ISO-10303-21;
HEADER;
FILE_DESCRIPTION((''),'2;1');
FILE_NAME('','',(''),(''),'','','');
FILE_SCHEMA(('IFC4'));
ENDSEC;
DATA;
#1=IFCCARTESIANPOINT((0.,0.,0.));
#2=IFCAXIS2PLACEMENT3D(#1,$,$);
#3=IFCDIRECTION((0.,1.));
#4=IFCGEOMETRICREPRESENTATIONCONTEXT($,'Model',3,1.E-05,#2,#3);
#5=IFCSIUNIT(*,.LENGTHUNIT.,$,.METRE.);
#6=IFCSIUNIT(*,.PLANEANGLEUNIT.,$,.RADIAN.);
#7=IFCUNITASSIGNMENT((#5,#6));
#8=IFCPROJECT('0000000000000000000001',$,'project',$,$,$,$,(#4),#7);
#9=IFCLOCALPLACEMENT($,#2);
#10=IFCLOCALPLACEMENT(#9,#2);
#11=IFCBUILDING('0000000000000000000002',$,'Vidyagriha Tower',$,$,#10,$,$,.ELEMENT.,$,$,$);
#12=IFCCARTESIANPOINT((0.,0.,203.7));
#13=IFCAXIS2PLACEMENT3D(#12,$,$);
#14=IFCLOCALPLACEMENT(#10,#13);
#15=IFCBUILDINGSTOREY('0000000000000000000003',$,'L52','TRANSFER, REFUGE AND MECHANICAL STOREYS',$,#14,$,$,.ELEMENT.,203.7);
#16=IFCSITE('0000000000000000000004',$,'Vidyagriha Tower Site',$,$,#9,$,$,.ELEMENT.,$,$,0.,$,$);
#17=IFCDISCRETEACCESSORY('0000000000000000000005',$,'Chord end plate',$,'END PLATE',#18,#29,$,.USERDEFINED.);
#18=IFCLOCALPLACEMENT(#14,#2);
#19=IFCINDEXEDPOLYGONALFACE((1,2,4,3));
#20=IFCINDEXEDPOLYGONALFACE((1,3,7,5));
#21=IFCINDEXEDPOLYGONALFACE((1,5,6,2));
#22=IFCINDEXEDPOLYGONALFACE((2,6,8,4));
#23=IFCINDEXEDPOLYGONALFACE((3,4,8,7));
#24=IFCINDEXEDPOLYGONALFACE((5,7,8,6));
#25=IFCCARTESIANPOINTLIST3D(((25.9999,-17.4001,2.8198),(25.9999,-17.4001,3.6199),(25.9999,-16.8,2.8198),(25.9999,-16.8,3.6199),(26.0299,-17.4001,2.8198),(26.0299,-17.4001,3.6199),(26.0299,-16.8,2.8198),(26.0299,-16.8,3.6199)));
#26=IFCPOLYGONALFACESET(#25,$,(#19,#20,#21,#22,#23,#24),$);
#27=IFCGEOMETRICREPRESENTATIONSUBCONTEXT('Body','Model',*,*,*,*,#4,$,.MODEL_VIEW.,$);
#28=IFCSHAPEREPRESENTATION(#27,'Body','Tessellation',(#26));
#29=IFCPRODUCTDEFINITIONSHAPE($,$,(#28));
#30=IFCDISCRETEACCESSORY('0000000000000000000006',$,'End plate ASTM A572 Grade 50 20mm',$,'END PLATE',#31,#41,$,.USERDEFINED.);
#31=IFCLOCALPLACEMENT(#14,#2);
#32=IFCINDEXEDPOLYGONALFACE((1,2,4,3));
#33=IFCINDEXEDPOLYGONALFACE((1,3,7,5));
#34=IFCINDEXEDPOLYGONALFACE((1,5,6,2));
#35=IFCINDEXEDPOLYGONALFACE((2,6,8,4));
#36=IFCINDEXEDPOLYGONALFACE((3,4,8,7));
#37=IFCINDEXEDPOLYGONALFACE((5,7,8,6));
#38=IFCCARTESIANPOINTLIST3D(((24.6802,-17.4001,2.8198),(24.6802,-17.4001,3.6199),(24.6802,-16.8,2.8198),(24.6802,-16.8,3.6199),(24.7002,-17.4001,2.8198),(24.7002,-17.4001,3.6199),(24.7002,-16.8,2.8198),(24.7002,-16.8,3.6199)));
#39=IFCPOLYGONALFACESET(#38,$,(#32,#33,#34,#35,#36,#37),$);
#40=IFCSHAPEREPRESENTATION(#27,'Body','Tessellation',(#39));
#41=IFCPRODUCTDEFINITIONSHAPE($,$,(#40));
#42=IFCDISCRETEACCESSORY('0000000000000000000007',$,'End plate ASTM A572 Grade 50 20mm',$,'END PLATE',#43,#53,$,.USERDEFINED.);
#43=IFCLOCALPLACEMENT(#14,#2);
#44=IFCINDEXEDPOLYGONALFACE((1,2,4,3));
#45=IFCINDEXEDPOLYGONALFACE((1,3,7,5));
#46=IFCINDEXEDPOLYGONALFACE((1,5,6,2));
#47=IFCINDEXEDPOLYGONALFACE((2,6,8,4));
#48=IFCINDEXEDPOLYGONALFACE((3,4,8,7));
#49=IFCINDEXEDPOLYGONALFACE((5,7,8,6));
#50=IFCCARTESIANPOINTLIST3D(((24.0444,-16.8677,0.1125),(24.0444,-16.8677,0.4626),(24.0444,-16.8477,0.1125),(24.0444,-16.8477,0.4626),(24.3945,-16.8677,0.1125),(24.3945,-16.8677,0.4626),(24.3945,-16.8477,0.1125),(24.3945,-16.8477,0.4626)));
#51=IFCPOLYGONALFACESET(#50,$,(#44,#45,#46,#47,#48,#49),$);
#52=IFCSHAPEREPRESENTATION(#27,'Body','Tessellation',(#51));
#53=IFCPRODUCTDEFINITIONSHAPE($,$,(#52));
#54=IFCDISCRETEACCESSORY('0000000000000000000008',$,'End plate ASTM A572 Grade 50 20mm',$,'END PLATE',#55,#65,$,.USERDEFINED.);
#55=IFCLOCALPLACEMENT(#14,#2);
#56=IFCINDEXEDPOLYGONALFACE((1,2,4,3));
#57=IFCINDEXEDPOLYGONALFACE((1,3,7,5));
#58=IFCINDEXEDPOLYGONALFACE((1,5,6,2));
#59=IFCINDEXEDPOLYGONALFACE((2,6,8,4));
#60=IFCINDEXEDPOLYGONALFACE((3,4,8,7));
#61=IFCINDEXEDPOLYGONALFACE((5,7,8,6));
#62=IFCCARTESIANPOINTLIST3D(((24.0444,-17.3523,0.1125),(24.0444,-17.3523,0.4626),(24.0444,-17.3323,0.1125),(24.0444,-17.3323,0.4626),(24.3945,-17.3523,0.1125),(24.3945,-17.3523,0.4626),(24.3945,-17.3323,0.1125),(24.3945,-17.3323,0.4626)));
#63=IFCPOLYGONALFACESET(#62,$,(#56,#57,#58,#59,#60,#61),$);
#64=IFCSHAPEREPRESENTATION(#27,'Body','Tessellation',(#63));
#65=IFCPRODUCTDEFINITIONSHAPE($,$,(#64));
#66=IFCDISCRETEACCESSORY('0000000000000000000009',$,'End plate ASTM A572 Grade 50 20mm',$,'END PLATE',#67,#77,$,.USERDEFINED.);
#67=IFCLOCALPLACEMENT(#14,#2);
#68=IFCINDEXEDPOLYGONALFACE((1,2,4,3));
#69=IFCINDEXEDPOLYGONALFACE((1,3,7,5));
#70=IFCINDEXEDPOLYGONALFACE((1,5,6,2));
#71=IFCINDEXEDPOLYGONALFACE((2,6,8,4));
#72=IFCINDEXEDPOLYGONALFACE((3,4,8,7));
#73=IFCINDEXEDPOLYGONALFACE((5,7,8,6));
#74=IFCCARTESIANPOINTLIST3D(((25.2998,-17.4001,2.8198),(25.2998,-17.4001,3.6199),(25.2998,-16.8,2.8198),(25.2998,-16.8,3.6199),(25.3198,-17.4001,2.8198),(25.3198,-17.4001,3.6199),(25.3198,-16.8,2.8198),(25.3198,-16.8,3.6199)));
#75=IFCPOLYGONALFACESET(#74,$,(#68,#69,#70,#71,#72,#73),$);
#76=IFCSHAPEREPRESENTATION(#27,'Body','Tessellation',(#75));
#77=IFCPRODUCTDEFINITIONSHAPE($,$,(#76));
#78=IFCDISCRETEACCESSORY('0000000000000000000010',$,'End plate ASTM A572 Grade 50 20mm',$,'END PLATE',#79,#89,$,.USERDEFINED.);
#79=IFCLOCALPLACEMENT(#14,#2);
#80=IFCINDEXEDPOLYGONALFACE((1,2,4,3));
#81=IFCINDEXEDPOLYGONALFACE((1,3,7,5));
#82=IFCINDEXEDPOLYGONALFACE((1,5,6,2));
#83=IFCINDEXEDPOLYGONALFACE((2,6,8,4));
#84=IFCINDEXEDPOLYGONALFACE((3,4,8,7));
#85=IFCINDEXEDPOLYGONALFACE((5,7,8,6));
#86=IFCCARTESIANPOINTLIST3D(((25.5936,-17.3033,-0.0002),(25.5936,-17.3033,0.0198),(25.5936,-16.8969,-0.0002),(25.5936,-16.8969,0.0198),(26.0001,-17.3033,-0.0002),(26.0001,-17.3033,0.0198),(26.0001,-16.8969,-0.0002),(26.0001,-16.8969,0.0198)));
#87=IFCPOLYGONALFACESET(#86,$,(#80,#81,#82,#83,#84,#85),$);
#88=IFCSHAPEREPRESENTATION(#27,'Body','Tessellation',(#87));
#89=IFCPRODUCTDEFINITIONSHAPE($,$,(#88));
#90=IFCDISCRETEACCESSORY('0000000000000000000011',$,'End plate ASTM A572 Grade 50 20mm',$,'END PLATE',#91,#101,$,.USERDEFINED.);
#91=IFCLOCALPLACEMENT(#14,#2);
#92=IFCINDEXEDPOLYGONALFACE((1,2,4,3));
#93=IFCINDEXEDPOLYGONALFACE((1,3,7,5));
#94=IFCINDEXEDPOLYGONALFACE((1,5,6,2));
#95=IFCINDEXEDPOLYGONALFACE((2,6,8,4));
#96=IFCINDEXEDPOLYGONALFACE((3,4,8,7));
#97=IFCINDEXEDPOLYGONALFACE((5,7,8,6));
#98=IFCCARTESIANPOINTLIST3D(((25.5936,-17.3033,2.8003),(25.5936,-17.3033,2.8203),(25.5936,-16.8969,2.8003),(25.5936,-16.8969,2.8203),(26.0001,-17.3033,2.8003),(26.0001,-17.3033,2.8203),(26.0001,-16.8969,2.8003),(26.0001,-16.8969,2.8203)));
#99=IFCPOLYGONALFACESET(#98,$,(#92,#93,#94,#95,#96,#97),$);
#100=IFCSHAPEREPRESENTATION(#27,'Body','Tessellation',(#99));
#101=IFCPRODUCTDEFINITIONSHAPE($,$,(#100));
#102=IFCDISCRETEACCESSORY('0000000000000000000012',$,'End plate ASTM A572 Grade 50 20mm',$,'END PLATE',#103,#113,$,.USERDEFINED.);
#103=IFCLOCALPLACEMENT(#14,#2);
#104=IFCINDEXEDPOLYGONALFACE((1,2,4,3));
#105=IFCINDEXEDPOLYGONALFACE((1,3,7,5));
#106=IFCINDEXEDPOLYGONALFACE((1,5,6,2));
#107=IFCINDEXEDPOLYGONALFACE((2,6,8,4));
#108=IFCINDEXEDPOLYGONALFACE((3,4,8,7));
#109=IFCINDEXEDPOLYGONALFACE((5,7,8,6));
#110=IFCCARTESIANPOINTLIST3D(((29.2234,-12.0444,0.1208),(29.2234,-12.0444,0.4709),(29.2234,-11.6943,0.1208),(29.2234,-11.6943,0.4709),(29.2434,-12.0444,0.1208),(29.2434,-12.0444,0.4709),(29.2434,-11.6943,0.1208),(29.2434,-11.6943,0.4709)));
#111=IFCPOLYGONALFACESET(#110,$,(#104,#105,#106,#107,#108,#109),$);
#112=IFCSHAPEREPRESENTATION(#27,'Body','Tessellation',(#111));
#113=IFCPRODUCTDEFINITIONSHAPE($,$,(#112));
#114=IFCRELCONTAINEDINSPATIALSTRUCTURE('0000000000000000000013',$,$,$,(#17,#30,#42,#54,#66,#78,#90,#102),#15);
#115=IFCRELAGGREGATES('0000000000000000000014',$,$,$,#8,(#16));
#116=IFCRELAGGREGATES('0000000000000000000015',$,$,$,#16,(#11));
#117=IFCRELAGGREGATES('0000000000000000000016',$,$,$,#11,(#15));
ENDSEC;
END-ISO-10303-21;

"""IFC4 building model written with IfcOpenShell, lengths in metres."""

from ifc_helpers import new_model, si_unit, direction, frame, origin, origin_2d, place, context, subcontext, project, spatial, rectangle, extrude, element, save


model = new_model("IFC4")

# Units and contexts
model_context = context("Model", 3, precision=1e-05, world=origin(), true_north=direction((0.0, 1.0)))
body_context = subcontext(model_context, "Body", "Model", "MODEL_VIEW")
ifc_project = project(units=[si_unit("LENGTHUNIT", "METRE"), si_unit("PLANEANGLEUNIT", "RADIAN")], contexts=[model_context])

# Site, building, storey
site_placement = place(None, origin())
site = spatial("IfcSite", under=ifc_project, at=site_placement, Name="Vidyagriha Tower Site", CompositionType="ELEMENT", RefElevation=0.0)
building_placement = place(site_placement, origin())
building = spatial("IfcBuilding", under=site, at=building_placement, Name="Vidyagriha Tower", CompositionType="ELEMENT")
storey_placement = place(building_placement, frame((0.0, 0.0, 203.7)))
storey = spatial("IfcBuildingStorey", under=building, at=storey_placement, Name="L52", Description="TRANSFER, REFUGE AND MECHANICAL STOREYS", CompositionType="ELEMENT", Elevation=203.7)

# Discrete accessories
for number, where, name in (
    (1, (26.0149, -17.1001, 2.8198), "Chord end plate"),
):
    element("IfcDiscreteAccessory", number, at=place(storey_placement, frame(where)), inside=storey, Name=name, ObjectType="END PLATE", PredefinedType="USERDEFINED", context=body_context, shape_type="SweptSolid", body=[
        extrude(rectangle(XDim=0.03, YDim=0.6001, at=origin_2d()), origin(), (0.0, 0.0, 1.0), 0.8),
    ])
discrete_accessory_1_placement = place(storey_placement, frame((24.6902, -17.1001, 2.8198)))
element("IfcDiscreteAccessory", 2, at=discrete_accessory_1_placement, inside=storey, Name="End plate ASTM A572 Grade 50 20mm", ObjectType="END PLATE", PredefinedType="USERDEFINED", context=body_context, shape_type="SweptSolid", body=[
    extrude(rectangle(XDim=0.02, YDim=0.6001, at=origin_2d()), origin(), (0.0, 0.0, 1.0), 0.8),
])
for number, where, name in (
    (3, (24.2195, -16.8577, 0.1125), "End plate ASTM A572 Grade 50 20mm"),
    (4, (24.2195, -17.3423, 0.1125), "End plate ASTM A572 Grade 50 20mm"),
):
    element("IfcDiscreteAccessory", number, at=place(storey_placement, frame(where)), inside=storey, Name=name, ObjectType="END PLATE", PredefinedType="USERDEFINED", context=body_context, shape_type="SweptSolid", body=[
        extrude(rectangle(XDim=0.3501, YDim=0.02, at=origin_2d()), origin(), (0.0, 0.0, 1.0), 0.3501),
    ])
discrete_accessory_2_placement = place(storey_placement, frame((25.3098, -17.1001, 2.8198), z_axis=(0.0, 0.0, 1.0), x_axis=(-1.0, 0.0, 0.0)))
element("IfcDiscreteAccessory", 5, at=discrete_accessory_2_placement, inside=storey, Name="End plate ASTM A572 Grade 50 20mm", ObjectType="END PLATE", PredefinedType="USERDEFINED", context=body_context, shape_type="SweptSolid", body=[
    extrude(rectangle(XDim=0.02, YDim=0.6001, at=origin_2d()), origin(), (0.0, 0.0, 1.0), 0.8),
])
for number, where, name in (
    (6, (25.7969, -17.1001, -0.0002), "End plate ASTM A572 Grade 50 20mm"),
    (7, (25.7969, -17.1001, 2.8003), "End plate ASTM A572 Grade 50 20mm"),
):
    element("IfcDiscreteAccessory", number, at=place(storey_placement, frame(where)), inside=storey, Name=name, ObjectType="END PLATE", PredefinedType="USERDEFINED", context=body_context, shape_type="SweptSolid", body=[
        extrude(rectangle(XDim=0.4065, YDim=0.4065, at=origin_2d()), origin(), (0.0, 0.0, 1.0), 0.02),
    ])
discrete_accessory_3_placement = place(storey_placement, frame((29.2334, -11.8694, 0.1208), z_axis=(0.0, 0.0, 1.0), x_axis=(0.0, -1.0, 0.0)))
element("IfcDiscreteAccessory", 8, at=discrete_accessory_3_placement, inside=storey, Name="End plate ASTM A572 Grade 50 20mm", ObjectType="END PLATE", PredefinedType="USERDEFINED", context=body_context, shape_type="SweptSolid", body=[
    extrude(rectangle(XDim=0.3501, YDim=0.02, at=origin_2d()), origin(), (0.0, 0.0, 1.0), 0.3501),
])

save(model, "model.ifc")
